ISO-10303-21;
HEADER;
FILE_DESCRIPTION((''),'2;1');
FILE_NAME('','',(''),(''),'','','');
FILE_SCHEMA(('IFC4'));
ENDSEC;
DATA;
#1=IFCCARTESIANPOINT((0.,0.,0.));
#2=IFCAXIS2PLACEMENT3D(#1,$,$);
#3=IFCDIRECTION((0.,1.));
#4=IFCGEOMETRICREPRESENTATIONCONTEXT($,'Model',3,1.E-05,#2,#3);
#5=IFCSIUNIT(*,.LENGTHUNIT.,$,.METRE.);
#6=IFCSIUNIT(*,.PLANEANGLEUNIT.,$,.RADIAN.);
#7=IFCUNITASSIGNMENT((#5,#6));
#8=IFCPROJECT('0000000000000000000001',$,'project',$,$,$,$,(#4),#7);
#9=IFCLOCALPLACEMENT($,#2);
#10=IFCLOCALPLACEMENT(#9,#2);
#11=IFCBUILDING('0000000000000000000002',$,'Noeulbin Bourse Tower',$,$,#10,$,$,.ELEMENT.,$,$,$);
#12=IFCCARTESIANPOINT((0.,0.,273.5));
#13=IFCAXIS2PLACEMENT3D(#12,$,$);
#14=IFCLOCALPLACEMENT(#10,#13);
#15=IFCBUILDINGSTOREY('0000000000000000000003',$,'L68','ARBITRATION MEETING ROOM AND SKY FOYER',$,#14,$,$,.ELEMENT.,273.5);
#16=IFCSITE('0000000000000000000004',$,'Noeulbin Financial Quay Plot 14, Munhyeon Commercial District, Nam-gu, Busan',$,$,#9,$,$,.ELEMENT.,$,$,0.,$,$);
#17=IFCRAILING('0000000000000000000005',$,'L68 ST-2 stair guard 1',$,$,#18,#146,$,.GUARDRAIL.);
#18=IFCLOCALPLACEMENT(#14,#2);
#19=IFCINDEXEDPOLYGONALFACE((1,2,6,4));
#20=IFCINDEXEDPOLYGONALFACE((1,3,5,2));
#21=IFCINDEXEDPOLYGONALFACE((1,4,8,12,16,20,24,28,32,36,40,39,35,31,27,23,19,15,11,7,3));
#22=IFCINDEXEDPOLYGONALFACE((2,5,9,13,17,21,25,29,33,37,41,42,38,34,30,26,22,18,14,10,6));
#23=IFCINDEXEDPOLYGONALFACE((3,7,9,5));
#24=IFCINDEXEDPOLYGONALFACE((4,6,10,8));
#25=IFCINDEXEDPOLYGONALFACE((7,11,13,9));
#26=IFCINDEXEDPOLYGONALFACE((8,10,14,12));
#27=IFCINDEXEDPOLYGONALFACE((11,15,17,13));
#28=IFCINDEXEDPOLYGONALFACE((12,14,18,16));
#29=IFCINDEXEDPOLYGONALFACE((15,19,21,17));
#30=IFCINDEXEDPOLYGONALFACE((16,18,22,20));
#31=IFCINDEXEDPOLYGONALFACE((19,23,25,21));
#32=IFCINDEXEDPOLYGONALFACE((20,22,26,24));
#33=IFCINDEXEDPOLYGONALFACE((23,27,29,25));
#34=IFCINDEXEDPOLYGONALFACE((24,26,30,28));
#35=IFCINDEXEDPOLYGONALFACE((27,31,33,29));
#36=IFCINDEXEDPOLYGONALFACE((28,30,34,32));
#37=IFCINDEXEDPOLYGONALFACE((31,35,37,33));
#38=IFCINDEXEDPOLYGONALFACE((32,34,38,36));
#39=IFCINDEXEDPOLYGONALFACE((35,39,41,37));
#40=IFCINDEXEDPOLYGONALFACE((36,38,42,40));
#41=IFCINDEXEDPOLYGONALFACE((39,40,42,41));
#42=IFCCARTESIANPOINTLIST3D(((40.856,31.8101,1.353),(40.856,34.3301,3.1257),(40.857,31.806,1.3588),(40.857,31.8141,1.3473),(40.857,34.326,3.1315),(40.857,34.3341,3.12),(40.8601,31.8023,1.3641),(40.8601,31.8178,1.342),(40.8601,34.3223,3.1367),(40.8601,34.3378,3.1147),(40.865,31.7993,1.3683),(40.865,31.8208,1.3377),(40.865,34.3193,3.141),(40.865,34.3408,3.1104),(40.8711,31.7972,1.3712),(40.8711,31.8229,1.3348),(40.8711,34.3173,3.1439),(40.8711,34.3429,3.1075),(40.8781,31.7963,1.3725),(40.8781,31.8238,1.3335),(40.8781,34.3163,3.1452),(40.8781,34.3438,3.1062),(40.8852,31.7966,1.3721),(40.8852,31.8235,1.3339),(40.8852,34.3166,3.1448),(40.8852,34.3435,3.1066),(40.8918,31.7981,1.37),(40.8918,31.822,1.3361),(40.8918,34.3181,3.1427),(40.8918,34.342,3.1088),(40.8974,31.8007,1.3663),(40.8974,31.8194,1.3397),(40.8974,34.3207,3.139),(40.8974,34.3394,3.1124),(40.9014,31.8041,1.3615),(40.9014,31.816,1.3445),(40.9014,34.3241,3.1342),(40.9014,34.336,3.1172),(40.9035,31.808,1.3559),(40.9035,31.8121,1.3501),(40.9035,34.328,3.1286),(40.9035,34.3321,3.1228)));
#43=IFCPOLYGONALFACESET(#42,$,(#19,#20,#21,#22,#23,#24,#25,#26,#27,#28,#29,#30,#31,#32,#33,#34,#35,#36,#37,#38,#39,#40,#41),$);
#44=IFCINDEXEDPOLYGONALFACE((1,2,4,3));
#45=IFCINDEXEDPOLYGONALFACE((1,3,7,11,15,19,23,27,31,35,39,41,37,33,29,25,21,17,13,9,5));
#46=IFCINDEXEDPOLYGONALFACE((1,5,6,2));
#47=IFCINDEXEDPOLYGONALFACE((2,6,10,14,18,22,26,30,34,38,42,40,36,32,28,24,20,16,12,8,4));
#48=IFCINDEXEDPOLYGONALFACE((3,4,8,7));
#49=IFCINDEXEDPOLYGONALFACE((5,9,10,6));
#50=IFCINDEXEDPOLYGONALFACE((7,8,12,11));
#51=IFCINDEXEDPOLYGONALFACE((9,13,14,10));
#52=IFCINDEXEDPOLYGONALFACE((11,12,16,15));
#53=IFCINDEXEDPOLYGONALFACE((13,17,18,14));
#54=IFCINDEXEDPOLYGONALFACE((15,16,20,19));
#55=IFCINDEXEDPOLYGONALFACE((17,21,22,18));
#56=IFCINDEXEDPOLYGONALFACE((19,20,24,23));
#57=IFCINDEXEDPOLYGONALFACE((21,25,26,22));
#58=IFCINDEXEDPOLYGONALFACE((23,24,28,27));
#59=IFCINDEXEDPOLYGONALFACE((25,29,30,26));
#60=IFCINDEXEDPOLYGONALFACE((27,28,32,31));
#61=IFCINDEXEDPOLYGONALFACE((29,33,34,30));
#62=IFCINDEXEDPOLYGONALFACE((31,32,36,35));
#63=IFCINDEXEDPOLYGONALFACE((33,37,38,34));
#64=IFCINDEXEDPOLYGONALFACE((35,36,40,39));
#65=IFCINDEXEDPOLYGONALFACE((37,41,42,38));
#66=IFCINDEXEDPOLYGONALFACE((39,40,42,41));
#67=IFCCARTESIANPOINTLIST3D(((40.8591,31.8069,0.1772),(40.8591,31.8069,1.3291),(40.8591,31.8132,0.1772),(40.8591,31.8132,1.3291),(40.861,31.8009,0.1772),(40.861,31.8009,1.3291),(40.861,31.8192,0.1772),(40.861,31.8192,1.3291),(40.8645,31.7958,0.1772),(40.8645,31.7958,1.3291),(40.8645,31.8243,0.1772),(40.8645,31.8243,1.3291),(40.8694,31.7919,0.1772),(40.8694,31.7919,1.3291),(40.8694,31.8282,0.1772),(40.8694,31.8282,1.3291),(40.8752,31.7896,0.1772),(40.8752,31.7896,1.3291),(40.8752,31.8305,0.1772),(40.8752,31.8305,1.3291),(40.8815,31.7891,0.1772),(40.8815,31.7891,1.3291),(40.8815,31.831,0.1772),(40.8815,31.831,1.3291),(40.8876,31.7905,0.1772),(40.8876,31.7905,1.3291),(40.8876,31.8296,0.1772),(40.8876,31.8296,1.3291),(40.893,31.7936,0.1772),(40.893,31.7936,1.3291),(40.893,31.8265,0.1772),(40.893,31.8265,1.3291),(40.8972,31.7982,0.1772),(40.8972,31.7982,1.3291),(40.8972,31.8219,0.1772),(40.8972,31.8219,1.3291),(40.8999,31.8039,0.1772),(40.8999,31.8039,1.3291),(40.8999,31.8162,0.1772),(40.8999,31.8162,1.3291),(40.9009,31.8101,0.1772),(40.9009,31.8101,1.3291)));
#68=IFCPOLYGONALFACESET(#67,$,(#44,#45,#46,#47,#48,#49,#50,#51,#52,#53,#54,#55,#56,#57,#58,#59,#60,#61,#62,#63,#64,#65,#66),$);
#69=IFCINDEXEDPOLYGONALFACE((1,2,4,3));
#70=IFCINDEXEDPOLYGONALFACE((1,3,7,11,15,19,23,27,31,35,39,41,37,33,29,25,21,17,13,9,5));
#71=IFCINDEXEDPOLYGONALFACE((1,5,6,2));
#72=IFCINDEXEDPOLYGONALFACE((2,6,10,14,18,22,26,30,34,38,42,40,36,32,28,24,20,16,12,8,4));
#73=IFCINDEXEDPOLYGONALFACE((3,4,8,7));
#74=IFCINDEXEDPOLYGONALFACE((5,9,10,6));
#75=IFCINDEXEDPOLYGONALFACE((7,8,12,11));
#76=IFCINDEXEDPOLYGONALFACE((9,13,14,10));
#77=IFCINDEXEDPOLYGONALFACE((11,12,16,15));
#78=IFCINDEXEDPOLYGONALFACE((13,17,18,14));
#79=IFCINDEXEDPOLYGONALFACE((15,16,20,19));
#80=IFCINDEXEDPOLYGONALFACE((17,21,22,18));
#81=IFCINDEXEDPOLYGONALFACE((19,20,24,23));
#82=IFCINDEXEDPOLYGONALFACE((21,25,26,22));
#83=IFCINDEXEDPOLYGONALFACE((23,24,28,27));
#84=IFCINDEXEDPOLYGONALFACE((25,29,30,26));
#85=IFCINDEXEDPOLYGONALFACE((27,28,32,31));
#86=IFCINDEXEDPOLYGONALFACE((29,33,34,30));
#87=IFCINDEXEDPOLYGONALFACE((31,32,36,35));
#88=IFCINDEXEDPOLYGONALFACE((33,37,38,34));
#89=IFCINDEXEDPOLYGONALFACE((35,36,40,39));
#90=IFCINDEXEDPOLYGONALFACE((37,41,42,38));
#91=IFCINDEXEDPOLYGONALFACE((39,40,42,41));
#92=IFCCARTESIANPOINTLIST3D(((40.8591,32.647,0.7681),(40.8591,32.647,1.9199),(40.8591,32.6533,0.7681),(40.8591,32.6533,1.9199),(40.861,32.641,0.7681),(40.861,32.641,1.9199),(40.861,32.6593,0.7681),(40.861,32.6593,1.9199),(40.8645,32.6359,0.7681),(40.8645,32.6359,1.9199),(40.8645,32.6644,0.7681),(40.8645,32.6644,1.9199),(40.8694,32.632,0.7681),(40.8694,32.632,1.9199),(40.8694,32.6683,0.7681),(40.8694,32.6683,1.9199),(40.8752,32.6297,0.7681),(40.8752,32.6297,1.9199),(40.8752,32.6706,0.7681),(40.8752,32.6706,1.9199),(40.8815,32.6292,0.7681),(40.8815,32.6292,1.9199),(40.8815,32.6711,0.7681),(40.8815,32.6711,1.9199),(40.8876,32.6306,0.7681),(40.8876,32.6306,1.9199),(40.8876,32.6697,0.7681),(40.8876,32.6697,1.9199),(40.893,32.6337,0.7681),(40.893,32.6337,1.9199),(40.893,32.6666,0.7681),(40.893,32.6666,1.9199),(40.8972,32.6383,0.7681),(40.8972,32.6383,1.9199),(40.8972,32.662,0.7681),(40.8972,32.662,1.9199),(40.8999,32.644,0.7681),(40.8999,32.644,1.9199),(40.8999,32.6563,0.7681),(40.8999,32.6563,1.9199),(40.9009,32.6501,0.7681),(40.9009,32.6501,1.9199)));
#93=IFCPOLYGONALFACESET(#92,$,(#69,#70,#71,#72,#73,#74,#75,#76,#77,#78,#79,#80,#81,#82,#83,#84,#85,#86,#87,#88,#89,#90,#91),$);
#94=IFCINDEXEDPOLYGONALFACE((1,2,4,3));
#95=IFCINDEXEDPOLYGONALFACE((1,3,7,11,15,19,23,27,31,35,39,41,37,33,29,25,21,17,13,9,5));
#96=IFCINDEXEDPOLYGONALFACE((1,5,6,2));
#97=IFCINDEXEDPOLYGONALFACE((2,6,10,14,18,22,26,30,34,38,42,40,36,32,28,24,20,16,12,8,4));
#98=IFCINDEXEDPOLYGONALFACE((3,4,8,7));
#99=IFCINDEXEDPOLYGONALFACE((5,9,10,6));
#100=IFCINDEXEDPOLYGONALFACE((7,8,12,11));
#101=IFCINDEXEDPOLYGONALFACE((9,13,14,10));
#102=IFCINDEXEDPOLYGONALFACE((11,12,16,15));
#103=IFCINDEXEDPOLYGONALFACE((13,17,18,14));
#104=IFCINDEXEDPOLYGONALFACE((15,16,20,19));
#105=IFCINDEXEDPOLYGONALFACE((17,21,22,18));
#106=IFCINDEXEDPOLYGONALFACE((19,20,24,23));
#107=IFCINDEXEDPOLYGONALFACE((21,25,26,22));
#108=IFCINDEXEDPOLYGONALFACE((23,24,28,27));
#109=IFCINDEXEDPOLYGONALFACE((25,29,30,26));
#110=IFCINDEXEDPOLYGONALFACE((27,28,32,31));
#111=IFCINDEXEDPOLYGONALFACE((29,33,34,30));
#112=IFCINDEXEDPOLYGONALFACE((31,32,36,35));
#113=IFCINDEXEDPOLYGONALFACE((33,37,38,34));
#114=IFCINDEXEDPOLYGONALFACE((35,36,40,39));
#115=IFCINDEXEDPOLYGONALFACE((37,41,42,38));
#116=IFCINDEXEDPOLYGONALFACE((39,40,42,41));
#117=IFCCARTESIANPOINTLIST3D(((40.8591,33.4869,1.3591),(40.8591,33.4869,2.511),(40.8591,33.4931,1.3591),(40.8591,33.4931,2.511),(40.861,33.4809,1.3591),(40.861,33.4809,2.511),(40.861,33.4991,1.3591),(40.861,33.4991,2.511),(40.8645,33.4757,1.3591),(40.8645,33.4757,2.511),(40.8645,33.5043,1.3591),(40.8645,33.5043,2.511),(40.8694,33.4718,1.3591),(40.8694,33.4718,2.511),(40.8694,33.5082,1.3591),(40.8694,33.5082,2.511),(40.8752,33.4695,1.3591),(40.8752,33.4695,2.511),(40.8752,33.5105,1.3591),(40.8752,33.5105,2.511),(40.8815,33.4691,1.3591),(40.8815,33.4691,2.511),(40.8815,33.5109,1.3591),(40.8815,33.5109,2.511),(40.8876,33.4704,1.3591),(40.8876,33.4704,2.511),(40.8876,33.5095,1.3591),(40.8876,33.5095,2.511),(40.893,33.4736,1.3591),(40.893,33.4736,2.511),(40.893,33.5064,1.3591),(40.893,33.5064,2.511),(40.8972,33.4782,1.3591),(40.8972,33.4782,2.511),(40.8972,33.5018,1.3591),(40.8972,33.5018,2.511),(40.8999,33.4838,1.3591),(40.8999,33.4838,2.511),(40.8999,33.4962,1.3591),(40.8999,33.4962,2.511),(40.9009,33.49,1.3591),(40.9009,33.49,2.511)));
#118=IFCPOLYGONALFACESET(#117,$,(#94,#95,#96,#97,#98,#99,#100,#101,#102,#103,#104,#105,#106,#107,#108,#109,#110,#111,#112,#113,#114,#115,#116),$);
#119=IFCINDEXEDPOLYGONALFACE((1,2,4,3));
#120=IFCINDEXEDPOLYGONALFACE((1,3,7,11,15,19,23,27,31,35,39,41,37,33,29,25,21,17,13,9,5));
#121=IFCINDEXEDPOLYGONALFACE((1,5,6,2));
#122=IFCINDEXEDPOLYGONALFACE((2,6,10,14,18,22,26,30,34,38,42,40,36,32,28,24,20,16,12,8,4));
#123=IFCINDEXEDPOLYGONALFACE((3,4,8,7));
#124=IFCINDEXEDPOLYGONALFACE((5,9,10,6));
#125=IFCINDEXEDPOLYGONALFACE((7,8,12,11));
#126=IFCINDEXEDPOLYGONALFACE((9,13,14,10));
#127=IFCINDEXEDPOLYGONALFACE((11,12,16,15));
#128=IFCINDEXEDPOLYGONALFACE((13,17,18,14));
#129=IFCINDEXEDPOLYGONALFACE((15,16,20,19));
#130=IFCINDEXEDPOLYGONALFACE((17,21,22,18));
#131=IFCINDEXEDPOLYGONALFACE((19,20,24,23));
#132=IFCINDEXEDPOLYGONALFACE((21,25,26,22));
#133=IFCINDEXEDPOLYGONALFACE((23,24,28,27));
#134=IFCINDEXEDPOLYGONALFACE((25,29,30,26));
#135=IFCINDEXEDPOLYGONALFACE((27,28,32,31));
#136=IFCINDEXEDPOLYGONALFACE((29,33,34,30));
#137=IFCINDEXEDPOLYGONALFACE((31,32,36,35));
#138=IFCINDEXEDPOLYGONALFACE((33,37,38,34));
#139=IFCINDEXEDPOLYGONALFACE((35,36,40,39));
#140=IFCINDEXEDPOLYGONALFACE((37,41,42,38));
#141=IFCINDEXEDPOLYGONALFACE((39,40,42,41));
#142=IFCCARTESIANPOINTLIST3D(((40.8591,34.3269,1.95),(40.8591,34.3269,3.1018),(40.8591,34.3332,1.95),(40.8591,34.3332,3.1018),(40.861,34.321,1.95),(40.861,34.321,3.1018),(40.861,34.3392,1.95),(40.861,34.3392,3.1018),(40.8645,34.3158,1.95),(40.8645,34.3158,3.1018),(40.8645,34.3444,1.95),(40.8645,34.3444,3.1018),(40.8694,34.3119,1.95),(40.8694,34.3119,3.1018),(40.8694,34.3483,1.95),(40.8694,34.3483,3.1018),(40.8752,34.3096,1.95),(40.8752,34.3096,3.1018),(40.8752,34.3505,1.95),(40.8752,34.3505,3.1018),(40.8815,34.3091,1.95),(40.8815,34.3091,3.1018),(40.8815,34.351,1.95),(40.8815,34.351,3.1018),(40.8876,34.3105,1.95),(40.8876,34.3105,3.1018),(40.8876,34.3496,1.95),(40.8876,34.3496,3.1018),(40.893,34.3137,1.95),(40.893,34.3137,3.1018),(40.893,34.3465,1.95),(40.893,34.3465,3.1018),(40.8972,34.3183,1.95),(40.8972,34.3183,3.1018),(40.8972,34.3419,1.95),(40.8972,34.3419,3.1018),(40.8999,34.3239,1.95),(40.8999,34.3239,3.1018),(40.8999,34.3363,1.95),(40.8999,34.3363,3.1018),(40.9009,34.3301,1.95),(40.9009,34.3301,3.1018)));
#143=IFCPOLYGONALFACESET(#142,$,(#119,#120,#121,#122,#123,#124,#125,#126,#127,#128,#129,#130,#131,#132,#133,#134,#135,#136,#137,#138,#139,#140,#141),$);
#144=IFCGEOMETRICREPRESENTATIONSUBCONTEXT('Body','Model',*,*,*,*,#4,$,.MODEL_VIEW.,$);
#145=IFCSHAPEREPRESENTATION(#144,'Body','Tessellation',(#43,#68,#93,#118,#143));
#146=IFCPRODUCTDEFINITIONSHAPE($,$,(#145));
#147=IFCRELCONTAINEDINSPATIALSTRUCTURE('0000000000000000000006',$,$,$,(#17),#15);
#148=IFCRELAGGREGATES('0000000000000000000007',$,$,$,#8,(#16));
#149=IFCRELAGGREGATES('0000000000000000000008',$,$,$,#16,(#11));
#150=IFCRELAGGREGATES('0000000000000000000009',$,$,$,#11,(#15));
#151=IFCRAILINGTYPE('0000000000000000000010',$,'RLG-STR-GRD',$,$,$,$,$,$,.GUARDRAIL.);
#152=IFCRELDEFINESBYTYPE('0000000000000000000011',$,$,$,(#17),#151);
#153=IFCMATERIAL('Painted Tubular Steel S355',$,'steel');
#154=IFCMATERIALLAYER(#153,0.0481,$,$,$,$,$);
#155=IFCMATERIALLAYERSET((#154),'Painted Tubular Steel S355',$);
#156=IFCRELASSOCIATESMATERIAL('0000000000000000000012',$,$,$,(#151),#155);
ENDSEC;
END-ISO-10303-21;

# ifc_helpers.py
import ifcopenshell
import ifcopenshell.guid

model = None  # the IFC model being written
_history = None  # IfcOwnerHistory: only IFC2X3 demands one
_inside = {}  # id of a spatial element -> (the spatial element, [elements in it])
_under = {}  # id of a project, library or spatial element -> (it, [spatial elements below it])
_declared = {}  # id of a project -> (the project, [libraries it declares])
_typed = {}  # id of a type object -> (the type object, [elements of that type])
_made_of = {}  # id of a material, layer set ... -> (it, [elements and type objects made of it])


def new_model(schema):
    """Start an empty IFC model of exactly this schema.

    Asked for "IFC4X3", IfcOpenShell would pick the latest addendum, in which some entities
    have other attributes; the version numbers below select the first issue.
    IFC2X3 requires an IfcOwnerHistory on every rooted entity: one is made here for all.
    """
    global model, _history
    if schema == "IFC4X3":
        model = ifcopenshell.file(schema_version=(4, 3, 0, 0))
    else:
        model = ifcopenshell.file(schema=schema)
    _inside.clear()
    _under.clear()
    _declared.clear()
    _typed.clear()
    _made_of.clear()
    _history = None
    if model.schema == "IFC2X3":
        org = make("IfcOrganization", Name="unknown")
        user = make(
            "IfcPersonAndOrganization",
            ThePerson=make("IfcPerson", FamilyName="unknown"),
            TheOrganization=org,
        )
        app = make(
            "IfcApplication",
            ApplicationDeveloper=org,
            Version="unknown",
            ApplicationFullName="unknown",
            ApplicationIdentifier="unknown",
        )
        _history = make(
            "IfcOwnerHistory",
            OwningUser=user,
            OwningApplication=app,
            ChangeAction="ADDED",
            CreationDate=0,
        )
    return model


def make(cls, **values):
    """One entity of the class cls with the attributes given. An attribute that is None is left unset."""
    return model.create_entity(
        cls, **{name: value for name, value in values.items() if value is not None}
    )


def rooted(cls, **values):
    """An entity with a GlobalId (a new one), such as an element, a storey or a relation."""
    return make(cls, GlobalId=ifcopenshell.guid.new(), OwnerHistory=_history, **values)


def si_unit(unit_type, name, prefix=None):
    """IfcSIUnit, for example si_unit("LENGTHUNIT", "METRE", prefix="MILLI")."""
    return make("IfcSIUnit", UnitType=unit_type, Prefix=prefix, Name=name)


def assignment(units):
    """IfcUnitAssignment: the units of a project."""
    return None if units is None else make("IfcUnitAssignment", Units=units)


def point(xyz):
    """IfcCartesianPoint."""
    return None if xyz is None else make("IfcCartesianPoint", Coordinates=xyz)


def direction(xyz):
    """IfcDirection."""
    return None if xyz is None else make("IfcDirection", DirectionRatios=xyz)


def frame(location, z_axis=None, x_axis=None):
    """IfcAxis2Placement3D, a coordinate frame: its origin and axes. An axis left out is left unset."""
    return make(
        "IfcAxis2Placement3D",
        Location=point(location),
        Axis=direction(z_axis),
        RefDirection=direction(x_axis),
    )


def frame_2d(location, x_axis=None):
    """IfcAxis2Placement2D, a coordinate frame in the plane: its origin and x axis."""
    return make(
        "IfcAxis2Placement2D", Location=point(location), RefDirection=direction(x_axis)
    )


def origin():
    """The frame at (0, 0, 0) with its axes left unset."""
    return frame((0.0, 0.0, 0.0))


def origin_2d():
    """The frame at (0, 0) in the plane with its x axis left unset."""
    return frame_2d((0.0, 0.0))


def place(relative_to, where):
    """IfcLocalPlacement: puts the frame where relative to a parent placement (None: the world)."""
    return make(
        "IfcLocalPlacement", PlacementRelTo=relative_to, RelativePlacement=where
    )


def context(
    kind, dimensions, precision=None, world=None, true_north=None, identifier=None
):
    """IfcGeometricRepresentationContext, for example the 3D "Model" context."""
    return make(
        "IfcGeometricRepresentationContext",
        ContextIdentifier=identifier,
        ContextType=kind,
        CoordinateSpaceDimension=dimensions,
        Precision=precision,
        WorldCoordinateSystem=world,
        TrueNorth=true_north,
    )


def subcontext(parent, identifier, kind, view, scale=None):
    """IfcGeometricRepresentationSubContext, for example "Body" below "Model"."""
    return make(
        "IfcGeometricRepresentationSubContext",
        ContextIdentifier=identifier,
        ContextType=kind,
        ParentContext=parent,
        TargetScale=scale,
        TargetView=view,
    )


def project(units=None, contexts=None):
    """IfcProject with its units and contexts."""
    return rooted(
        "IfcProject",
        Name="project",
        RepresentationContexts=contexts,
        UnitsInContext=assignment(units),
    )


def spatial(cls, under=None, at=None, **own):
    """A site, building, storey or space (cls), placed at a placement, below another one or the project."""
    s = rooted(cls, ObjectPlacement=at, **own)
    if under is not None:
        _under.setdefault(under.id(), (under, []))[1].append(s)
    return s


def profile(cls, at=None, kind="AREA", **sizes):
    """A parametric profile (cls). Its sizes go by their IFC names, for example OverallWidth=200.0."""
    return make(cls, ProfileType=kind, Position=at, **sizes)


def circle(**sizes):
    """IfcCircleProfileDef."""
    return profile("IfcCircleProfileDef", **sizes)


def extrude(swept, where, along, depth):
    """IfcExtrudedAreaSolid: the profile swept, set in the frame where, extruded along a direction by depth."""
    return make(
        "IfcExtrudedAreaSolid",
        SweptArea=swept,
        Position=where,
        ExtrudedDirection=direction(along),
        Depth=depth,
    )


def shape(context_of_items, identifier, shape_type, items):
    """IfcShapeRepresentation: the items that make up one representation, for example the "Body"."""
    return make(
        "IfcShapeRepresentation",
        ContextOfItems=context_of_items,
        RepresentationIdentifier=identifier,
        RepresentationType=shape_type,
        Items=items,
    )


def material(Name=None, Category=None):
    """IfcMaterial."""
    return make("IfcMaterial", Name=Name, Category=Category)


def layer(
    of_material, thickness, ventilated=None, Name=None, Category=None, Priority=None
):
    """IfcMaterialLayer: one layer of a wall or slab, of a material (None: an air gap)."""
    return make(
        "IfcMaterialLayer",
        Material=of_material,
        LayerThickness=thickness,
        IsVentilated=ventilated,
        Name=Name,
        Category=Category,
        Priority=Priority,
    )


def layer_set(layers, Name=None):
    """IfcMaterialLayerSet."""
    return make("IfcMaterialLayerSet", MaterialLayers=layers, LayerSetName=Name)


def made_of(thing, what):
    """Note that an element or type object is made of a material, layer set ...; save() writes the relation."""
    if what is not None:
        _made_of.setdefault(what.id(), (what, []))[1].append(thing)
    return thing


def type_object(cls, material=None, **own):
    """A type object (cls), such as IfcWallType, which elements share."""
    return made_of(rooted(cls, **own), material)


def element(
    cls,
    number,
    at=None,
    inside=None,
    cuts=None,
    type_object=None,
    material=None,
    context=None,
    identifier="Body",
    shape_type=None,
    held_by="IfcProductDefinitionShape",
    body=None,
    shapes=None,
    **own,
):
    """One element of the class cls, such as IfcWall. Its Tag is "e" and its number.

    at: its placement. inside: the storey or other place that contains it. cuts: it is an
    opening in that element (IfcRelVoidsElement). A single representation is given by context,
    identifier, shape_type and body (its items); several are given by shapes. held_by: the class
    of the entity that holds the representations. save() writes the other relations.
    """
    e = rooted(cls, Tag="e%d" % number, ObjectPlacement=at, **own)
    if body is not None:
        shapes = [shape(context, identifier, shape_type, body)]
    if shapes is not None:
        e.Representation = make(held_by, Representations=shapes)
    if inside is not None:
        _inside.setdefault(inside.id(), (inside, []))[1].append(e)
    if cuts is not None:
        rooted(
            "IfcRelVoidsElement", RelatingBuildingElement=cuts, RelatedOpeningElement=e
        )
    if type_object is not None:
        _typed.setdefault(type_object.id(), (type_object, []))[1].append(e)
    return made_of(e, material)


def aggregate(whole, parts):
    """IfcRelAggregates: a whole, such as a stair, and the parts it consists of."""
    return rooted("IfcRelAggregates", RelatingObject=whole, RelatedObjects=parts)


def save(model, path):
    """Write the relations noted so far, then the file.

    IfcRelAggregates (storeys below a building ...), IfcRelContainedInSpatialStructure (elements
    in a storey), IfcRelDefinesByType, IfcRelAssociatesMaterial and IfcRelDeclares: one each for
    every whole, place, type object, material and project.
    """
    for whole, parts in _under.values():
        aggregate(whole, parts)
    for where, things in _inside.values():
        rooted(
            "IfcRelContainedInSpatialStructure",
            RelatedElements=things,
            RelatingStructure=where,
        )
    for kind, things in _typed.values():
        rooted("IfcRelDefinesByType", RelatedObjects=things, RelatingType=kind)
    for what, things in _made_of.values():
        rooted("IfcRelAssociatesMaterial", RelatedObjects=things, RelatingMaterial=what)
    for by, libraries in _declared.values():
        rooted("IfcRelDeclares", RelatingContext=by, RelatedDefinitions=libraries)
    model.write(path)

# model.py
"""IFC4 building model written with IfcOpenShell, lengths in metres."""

from ifc_helpers import new_model, si_unit, direction, frame, origin, origin_2d, place, context, subcontext, project, spatial, circle, extrude, material, layer, layer_set, type_object, element, save


model = new_model("IFC4")

# Units and contexts
model_context = context("Model", 3, precision=1e-05, world=origin(), true_north=direction((0.0, 1.0)))
body_context = subcontext(model_context, "Body", "Model", "MODEL_VIEW")
ifc_project = project(units=[si_unit("LENGTHUNIT", "METRE"), si_unit("PLANEANGLEUNIT", "RADIAN")], contexts=[model_context])

# Site, building, storey
site_placement = place(None, origin())
site = spatial("IfcSite", under=ifc_project, at=site_placement, Name="Noeulbin Financial Quay Plot 14, Munhyeon Commercial District, Nam-gu, Busan", CompositionType="ELEMENT", RefElevation=0.0)
building_placement = place(site_placement, origin())
building = spatial("IfcBuilding", under=site, at=building_placement, Name="Noeulbin Bourse Tower", CompositionType="ELEMENT")
storey_placement = place(building_placement, frame((0.0, 0.0, 273.5)))
storey = spatial("IfcBuildingStorey", under=building, at=storey_placement, Name="L68", Description="ARBITRATION MEETING ROOM AND SKY FOYER", CompositionType="ELEMENT", Elevation=273.5)

# Railing
ifc_material_1 = material(Name="Painted Tubular Steel S355", Category="steel")
ifc_layer_1 = layer(ifc_material_1, 0.0481)
ifc_layer_set_1 = layer_set([ifc_layer_1], Name="Painted Tubular Steel S355")
railing_type_1 = type_object("IfcRailingType", Name="RLG-STR-GRD", PredefinedType="GUARDRAIL", material=ifc_layer_set_1)
railing_1_placement = place(storey_placement, frame((40.8799, 31.8101, 0.1772)))
element("IfcRailing", 1, at=railing_1_placement, inside=storey, type_object=railing_type_1, Name="L68 ST-2 stair guard 1", PredefinedType="GUARDRAIL", context=body_context, shape_type="SweptSolid", body=[
    extrude(circle(Radius=0.0239, at=origin_2d()), frame((0.0, 0.0, 1.1758), z_axis=(0.0, 0.817904, 0.575354), x_axis=(-1.0, 0.0, 0.0)), (0.0, 0.0, 1.0), 3.0811),
    extrude(circle(Radius=0.021, at=origin_2d()), origin(), (0.0, 0.0, 1.0), 1.1519),
    extrude(circle(Radius=0.021, at=origin_2d()), frame((0.0, 0.8401, 0.5908)), (0.0, 0.0, 1.0), 1.1519),
    extrude(circle(Radius=0.021, at=origin_2d()), frame((0.0, 1.6799, 1.1819)), (0.0, 0.0, 1.0), 1.1519),
    extrude(circle(Radius=0.021, at=origin_2d()), frame((0.0, 2.52, 1.7727)), (0.0, 0.0, 1.0), 1.1519),
])

save(model, "model.ifc")
